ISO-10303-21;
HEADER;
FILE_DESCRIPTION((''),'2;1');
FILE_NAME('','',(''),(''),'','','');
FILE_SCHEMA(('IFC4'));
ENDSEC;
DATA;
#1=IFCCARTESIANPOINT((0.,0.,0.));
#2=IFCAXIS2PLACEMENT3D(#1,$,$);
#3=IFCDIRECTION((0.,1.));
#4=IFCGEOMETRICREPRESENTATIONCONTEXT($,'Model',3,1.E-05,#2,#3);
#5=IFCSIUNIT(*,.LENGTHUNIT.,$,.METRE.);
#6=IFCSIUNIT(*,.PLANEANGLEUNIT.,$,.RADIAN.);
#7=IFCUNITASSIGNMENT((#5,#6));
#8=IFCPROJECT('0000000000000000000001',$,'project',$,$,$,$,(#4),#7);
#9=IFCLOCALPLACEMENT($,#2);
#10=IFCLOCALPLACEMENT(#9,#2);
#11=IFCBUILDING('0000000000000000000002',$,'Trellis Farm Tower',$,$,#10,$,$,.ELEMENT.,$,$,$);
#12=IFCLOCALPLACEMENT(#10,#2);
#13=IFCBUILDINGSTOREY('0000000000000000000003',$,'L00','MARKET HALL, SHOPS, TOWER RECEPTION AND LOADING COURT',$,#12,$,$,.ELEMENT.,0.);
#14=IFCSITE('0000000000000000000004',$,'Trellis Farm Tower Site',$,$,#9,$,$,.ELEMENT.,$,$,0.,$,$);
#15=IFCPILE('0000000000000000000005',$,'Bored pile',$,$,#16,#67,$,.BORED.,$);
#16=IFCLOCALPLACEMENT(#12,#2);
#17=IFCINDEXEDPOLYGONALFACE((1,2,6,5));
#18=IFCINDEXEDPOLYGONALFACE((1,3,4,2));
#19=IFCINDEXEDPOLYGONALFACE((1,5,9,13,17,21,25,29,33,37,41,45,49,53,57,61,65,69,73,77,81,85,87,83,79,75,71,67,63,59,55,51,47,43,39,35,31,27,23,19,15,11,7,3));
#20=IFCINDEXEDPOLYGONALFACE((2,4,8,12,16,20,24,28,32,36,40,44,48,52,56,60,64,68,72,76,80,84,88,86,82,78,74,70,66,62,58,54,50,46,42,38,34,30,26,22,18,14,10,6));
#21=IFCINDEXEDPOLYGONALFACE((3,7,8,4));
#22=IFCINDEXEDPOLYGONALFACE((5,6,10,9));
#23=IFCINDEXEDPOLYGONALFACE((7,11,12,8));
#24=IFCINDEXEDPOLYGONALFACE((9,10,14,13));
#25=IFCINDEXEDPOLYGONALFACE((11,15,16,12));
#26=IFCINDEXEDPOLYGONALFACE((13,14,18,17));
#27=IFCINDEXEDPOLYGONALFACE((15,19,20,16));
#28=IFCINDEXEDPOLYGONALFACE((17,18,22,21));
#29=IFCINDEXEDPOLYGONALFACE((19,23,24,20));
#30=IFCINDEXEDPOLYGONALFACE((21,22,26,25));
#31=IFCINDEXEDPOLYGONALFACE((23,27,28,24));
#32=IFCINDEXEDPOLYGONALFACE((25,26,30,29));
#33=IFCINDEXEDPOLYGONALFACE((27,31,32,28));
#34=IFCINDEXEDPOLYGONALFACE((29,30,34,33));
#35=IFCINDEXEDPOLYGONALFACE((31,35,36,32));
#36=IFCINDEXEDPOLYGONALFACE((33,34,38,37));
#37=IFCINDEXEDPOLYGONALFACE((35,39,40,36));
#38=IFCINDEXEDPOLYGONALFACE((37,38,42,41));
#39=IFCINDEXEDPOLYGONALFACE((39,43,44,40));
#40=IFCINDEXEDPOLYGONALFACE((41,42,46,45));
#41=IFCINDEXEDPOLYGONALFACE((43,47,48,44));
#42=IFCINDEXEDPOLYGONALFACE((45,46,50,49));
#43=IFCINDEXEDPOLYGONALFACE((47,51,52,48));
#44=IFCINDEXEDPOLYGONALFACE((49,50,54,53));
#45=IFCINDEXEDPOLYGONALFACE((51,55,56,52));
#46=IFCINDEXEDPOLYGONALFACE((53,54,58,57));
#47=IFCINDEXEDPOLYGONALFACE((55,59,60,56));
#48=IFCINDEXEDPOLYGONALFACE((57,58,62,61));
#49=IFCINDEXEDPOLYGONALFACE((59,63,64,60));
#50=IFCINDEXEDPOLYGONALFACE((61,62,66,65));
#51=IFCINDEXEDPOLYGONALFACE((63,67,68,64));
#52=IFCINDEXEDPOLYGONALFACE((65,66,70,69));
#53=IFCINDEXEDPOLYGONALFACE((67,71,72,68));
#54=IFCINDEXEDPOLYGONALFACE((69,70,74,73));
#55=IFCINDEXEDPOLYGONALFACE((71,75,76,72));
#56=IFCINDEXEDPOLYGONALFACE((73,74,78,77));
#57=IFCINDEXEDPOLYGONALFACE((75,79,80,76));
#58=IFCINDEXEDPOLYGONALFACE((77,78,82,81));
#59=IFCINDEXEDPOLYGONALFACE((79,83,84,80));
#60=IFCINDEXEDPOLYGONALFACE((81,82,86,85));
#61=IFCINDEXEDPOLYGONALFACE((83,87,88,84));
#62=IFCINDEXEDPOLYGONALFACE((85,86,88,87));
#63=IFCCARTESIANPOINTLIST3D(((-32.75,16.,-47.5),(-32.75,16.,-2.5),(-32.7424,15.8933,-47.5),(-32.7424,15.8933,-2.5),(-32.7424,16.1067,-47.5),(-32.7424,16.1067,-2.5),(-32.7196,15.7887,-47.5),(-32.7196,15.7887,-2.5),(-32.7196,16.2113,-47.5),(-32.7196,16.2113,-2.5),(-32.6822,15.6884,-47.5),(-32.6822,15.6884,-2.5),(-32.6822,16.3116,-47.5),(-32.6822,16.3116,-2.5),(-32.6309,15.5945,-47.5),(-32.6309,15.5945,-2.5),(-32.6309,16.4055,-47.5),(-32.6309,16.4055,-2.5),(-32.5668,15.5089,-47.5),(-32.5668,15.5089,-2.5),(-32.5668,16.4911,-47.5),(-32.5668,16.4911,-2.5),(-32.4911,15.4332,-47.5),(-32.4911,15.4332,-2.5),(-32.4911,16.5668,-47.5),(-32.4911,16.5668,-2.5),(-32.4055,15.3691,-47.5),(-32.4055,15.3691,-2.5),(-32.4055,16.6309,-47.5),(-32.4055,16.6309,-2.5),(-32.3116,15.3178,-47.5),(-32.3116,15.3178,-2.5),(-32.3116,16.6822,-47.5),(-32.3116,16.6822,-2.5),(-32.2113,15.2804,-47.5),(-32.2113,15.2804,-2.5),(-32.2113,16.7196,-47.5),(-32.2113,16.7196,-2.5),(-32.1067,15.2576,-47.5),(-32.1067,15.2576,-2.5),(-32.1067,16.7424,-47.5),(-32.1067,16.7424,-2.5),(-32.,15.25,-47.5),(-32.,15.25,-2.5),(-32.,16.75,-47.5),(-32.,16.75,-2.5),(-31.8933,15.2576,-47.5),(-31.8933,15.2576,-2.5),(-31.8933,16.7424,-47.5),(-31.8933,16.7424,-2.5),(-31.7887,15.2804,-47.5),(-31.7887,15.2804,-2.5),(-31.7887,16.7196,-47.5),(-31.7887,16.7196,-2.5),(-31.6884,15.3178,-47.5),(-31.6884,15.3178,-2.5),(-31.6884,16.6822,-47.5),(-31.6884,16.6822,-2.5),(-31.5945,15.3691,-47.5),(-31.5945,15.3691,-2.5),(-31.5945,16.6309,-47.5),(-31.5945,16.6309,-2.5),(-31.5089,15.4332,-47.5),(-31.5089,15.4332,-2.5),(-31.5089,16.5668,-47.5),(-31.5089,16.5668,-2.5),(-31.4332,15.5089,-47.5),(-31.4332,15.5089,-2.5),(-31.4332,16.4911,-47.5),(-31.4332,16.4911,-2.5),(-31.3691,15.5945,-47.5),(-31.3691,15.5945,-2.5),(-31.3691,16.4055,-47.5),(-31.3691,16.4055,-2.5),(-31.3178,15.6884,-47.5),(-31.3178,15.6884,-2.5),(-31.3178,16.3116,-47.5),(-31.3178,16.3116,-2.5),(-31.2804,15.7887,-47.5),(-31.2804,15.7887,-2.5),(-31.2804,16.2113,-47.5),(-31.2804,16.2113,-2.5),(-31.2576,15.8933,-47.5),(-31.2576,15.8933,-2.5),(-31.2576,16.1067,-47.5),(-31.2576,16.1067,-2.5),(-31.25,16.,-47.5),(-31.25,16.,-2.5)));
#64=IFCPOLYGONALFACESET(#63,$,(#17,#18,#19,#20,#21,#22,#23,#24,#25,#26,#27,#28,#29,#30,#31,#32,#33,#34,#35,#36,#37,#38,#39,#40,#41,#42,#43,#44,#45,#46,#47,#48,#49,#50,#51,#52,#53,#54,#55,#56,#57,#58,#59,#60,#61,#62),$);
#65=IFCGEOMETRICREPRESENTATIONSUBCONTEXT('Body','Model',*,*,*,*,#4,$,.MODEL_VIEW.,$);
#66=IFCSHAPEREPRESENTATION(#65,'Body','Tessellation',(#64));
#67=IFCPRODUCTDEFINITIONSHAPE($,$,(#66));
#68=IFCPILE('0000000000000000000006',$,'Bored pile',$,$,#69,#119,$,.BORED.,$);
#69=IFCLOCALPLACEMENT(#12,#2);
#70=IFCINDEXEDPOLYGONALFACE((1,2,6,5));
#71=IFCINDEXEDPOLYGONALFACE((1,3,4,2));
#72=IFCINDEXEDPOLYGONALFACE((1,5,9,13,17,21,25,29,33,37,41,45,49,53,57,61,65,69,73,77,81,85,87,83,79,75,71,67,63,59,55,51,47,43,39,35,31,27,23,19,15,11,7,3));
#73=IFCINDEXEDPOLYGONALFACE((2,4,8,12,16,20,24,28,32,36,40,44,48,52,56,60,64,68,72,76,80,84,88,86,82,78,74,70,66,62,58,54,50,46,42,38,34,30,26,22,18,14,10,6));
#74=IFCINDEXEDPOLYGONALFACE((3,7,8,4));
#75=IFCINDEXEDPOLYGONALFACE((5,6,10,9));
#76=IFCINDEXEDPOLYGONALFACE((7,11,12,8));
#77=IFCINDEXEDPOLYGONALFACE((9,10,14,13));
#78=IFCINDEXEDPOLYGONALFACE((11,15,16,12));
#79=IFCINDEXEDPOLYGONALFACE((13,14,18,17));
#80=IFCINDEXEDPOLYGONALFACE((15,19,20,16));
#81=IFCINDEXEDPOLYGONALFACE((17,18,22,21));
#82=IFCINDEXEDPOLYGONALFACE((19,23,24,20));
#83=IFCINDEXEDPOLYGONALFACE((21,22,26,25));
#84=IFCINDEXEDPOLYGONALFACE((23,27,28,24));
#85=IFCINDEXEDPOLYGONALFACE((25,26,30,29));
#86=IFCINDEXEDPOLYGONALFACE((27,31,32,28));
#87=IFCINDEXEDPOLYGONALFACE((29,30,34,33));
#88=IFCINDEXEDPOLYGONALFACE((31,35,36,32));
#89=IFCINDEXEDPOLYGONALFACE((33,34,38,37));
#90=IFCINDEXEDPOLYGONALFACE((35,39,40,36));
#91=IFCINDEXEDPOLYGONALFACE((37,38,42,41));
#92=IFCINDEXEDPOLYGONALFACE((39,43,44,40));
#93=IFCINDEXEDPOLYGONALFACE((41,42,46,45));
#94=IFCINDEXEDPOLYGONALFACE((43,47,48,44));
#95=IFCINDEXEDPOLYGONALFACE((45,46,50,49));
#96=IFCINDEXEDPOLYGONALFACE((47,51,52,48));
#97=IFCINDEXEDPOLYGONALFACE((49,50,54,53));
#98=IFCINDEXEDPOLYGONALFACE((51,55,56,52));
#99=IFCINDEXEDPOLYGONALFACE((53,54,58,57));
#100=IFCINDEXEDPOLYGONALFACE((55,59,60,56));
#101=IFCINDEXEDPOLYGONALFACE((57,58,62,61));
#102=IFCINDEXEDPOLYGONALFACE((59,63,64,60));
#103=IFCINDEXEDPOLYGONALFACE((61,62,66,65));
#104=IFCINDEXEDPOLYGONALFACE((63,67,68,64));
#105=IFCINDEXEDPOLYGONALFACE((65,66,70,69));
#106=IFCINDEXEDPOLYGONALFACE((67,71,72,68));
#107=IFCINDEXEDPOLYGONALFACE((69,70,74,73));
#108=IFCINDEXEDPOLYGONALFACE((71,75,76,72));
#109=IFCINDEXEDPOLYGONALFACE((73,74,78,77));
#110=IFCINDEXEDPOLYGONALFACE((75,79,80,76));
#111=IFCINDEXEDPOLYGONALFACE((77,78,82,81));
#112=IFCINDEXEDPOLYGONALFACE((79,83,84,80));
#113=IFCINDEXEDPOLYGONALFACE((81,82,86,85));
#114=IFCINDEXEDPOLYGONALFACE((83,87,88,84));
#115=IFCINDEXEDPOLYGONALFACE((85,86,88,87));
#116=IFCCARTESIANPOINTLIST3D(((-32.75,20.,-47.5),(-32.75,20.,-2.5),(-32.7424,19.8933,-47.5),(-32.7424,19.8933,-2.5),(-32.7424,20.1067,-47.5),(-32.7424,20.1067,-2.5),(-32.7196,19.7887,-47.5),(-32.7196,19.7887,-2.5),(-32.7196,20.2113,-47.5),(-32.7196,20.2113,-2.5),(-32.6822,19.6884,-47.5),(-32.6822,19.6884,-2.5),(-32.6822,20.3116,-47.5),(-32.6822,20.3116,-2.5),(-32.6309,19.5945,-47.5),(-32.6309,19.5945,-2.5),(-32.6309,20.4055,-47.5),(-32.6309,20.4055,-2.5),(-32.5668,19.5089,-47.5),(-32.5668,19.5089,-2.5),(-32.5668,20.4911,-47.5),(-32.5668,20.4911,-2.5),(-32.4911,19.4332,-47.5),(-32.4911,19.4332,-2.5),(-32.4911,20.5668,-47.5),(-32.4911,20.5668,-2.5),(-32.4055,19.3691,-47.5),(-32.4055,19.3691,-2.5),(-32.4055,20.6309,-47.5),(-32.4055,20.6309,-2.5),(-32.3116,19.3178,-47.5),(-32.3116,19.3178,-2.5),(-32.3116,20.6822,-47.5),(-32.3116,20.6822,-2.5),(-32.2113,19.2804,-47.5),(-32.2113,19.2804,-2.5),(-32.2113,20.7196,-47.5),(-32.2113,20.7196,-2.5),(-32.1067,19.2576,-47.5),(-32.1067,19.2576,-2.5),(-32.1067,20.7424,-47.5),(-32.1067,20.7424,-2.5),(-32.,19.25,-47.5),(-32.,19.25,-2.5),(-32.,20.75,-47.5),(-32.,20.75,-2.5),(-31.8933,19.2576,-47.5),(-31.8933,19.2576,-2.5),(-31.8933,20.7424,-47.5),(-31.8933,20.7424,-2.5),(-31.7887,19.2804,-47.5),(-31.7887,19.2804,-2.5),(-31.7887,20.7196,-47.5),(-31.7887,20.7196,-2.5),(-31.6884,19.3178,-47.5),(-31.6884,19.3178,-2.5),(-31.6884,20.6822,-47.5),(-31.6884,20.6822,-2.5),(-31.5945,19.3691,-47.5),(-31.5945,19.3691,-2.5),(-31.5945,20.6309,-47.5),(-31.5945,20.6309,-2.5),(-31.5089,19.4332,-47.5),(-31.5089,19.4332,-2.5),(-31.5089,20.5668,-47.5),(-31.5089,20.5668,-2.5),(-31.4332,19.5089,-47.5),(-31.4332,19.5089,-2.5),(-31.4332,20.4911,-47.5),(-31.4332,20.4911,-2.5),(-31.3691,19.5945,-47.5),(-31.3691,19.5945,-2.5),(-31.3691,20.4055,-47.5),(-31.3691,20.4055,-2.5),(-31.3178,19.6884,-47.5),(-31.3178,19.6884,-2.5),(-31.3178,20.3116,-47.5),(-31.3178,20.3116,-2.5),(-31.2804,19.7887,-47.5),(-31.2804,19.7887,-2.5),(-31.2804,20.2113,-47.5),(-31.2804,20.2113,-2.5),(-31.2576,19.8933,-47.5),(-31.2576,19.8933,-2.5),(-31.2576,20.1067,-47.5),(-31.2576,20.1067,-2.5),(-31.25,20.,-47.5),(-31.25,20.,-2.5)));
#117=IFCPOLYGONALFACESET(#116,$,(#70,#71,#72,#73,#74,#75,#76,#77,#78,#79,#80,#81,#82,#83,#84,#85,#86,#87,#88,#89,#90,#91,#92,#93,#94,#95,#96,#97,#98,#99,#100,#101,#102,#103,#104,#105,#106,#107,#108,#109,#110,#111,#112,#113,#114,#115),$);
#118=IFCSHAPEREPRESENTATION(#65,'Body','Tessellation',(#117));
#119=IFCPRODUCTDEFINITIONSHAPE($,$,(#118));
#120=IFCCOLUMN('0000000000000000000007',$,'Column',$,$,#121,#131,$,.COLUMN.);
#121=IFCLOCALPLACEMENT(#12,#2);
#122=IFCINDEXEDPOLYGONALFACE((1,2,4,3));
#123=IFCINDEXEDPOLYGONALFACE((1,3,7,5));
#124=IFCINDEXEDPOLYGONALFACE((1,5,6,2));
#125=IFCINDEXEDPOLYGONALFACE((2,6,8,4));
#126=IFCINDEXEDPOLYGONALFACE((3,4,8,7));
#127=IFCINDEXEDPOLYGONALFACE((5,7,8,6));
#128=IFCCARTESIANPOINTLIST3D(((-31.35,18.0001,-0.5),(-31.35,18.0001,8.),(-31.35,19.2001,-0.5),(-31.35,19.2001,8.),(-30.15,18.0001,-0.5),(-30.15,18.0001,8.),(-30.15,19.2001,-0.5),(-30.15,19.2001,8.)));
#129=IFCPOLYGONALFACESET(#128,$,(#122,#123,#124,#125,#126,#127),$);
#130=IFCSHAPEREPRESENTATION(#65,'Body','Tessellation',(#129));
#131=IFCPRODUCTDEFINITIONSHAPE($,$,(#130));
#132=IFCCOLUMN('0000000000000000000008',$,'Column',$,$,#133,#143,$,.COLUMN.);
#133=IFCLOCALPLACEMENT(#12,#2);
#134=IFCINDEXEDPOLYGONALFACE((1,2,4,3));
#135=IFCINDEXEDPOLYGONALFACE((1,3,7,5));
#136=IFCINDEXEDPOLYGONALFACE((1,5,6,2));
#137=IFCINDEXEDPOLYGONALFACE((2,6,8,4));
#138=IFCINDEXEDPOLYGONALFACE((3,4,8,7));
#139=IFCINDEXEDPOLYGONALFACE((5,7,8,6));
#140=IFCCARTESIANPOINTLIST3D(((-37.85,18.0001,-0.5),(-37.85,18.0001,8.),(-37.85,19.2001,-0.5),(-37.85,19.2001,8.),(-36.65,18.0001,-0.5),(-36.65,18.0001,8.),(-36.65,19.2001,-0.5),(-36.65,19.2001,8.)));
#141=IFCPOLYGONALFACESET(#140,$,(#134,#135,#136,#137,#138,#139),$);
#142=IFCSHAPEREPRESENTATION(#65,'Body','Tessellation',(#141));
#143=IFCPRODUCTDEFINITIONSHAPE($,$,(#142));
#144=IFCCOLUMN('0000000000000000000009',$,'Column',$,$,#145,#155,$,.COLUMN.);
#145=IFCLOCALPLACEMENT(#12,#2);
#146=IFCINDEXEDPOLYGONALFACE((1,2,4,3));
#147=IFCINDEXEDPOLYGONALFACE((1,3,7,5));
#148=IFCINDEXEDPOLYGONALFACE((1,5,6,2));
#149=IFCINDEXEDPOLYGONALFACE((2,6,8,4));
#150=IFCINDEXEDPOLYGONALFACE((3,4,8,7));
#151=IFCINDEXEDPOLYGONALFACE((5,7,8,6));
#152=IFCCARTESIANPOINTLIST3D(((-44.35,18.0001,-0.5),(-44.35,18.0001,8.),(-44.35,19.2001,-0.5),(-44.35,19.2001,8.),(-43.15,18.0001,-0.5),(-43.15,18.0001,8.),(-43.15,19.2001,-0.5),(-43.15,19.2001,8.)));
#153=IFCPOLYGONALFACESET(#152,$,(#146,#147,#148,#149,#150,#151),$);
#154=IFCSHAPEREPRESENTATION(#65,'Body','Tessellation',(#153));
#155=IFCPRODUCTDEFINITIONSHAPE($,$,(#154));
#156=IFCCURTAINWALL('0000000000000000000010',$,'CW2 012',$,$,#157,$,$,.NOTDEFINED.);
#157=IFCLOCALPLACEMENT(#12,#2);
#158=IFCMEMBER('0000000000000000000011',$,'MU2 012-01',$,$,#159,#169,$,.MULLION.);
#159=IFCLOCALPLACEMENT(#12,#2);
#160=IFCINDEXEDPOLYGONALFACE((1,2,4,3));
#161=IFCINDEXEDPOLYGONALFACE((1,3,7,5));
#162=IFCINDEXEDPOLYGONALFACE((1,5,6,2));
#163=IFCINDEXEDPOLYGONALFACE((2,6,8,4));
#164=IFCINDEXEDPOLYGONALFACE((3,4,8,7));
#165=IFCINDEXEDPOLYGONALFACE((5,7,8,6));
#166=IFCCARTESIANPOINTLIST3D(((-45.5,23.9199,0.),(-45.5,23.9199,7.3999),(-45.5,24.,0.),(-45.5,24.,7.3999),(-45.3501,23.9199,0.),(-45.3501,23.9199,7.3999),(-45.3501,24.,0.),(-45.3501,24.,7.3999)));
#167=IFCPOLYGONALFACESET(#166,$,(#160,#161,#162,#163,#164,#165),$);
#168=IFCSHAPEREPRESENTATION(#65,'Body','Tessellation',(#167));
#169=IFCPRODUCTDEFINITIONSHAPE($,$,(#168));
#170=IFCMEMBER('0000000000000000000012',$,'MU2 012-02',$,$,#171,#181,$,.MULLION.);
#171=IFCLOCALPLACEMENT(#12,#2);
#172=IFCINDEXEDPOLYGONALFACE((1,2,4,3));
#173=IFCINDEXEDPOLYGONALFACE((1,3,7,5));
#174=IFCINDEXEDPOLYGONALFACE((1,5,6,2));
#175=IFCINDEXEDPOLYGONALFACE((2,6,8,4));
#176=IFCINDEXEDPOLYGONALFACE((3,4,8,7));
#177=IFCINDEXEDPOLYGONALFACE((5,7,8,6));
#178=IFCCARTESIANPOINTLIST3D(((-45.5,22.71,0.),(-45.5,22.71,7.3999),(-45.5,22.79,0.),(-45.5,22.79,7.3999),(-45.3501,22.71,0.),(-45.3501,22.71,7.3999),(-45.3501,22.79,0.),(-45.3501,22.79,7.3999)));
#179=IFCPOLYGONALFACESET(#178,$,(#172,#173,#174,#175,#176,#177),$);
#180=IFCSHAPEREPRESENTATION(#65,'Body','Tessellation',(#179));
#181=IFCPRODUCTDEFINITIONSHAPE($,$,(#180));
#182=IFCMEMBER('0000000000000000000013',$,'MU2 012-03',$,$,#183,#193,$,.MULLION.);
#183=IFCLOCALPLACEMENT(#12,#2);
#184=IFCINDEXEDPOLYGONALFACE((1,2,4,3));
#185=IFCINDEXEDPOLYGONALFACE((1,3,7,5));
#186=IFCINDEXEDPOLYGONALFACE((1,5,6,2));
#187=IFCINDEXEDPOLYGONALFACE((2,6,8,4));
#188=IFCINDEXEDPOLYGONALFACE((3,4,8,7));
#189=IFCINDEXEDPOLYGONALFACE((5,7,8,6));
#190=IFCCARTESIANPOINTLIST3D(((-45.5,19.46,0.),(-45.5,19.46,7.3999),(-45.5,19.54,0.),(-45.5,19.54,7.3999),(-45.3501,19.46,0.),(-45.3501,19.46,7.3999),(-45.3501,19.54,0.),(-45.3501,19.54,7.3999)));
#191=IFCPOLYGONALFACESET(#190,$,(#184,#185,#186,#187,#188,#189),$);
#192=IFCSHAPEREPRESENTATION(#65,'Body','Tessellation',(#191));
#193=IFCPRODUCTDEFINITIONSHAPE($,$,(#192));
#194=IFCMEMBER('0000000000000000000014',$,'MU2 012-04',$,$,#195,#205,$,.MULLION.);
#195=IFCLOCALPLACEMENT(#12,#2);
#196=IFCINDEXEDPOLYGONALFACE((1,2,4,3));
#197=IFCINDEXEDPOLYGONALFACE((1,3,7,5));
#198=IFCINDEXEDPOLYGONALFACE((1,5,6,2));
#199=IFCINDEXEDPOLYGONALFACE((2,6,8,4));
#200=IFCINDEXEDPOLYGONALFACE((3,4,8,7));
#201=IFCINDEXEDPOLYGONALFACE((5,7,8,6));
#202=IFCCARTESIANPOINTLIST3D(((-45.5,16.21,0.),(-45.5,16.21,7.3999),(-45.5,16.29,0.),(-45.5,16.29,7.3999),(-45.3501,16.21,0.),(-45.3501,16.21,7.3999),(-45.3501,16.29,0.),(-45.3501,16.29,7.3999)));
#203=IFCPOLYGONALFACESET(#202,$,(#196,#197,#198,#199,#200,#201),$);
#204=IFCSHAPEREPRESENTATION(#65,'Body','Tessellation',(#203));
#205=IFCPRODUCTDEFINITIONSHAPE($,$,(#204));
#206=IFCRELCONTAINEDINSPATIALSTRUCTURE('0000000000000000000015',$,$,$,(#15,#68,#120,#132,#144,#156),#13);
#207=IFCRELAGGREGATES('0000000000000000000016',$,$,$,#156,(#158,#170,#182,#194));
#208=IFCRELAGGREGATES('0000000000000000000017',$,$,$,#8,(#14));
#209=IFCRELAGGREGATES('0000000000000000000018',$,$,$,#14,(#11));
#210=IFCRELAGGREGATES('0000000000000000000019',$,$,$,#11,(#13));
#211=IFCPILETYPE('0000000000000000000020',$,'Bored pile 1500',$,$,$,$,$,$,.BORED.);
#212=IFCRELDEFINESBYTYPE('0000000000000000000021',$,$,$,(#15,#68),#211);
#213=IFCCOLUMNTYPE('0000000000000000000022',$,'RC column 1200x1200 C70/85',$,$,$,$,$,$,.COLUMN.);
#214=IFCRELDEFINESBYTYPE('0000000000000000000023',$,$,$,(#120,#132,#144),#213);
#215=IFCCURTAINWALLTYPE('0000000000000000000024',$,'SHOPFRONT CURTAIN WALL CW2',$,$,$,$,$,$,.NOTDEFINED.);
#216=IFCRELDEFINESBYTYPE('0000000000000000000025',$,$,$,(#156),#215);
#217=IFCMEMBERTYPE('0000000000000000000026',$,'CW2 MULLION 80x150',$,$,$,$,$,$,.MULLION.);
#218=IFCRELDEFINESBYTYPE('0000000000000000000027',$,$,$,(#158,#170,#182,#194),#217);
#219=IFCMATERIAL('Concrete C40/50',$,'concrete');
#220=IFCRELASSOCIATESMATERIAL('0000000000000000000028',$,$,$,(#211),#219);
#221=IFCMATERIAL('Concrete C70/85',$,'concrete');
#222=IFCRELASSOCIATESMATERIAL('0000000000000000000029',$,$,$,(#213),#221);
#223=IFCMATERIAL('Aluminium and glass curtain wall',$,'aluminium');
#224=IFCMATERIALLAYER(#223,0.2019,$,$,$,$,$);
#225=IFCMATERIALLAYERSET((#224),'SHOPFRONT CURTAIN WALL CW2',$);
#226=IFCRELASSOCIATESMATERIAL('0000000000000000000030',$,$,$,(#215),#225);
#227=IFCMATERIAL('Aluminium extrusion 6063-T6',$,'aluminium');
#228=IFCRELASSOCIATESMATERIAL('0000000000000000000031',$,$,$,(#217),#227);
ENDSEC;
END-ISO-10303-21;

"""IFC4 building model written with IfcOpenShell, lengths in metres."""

from ifc_helpers import new_model, si_unit, direction, frame, origin, origin_2d, place, context, subcontext, project, spatial, rectangle, circle, extrude, source, transform, mapped, material, layer, layer_set, material_profile, profile_set, type_object, element, aggregate, save


model = new_model("IFC4")

# Units and contexts
model_context = context("Model", 3, precision=1e-05, world=origin(), true_north=direction((0.0, 1.0)))
body_context = subcontext(model_context, "Body", "Model", "MODEL_VIEW")
ifc_project = project(units=[si_unit("LENGTHUNIT", "METRE"), si_unit("PLANEANGLEUNIT", "RADIAN")], contexts=[model_context])

# Site, building, storey
site_placement = place(None, origin())
site = spatial("IfcSite", under=ifc_project, at=site_placement, Name="Trellis Farm Tower Site", CompositionType="ELEMENT", RefElevation=0.0)
building_placement = place(site_placement, origin())
building = spatial("IfcBuilding", under=site, at=building_placement, Name="Trellis Farm Tower", CompositionType="ELEMENT")
storey_placement = place(building_placement, origin())
storey = spatial("IfcBuildingStorey", under=building, at=storey_placement, Name="L00", Description="MARKET HALL, SHOPS, TOWER RECEPTION AND LOADING COURT", CompositionType="ELEMENT", Elevation=0.0)

# Piles
ifc_material_1 = material(Name="Concrete C40/50", Category="concrete")
ifc_material_profile_1 = material_profile(ifc_material_1, circle(Radius=0.75, at=origin_2d()), Name="Bored pile 1500")
ifc_profile_set_1 = profile_set([ifc_material_profile_1], Name="Concrete C40/50")
pile_type = type_object("IfcPileType", Name="Bored pile 1500", PredefinedType="BORED", material=ifc_profile_set_1)
shared_shape_1 = source(origin(), body_context, "Body", "SweptSolid", [
    extrude(circle(Radius=0.75, at=origin_2d()), origin(), (0.0, 0.0, 1.0), 45.0),
])
for number, where, z_axis, x_axis, name in (
    (1, (-32.0, 16.0, -2.5), (0.0, 0.0, -1.0), (1.0, 0.0, 0.0), "Bored pile"),
    (2, (-32.0, 20.0, -2.5), (0.0, 0.0, -1.0), (1.0, 0.0, 0.0), "Bored pile"),
):
    element("IfcPile", number, at=place(storey_placement, frame(where, z_axis=z_axis, x_axis=x_axis)), inside=storey, type_object=pile_type, Name=name, PredefinedType="BORED", context=body_context, shape_type="MappedRepresentation", body=[
        mapped(shared_shape_1, transform((0.0, 0.0, 0.0))),
    ])

# Columns
ifc_material_2 = material(Name="Concrete C70/85", Category="concrete")
ifc_material_profile_2 = material_profile(ifc_material_2, rectangle(XDim=1.2, YDim=1.2, at=origin_2d()), Name="RC column 1200x1200 C70/85")
ifc_profile_set_2 = profile_set([ifc_material_profile_2], Name="Concrete C70/85")
column_type = type_object("IfcColumnType", Name="RC column 1200x1200 C70/85", PredefinedType="COLUMN", material=ifc_profile_set_2)
shared_shape_2 = source(origin(), body_context, "Body", "SweptSolid", [
    extrude(rectangle(XDim=1.2, YDim=1.2, at=origin_2d()), origin(), (0.0, 0.0, 1.0), 8.5),
])
for number, where, z_axis, x_axis, name in (
    (3, (-30.75, 18.6001, -0.5), (0.0, 0.0, 1.0), (1.0, 0.0, 0.0), "Column"),
    (4, (-37.25, 18.6001, -0.5), (0.0, 0.0, 1.0), (1.0, 0.0, 0.0), "Column"),
    (5, (-43.75, 18.6001, -0.5), (0.0, 0.0, 1.0), (1.0, 0.0, 0.0), "Column"),
):
    element("IfcColumn", number, at=place(storey_placement, frame(where, z_axis=z_axis, x_axis=x_axis)), inside=storey, type_object=column_type, Name=name, PredefinedType="COLUMN", context=body_context, shape_type="MappedRepresentation", body=[
        mapped(shared_shape_2, transform((0.0, 0.0, 0.0))),
    ])

# Curtain wall, members
ifc_material_3 = material(Name="Aluminium and glass curtain wall", Category="aluminium")
ifc_layer_1 = layer(ifc_material_3, 0.2019)
ifc_layer_set_1 = layer_set([ifc_layer_1], Name="SHOPFRONT CURTAIN WALL CW2")
curtain_wall_type = type_object("IfcCurtainWallType", Name="SHOPFRONT CURTAIN WALL CW2", PredefinedType="NOTDEFINED", material=ifc_layer_set_1)
curtain_wall_placement = place(storey_placement, origin())
curtain_wall = element("IfcCurtainWall", 6, at=curtain_wall_placement, inside=storey, type_object=curtain_wall_type, Name="CW2 012", PredefinedType="NOTDEFINED")
ifc_material_4 = material(Name="Aluminium extrusion 6063-T6", Category="aluminium")
ifc_material_profile_3 = material_profile(ifc_material_4, rectangle(XDim=0.0801, YDim=0.1499, at=origin_2d()), Name="MULLION 80x150")
ifc_profile_set_3 = profile_set([ifc_material_profile_3], Name="Aluminium extrusion 6063-T6")
member_type = type_object("IfcMemberType", Name="CW2 MULLION 80x150", PredefinedType="MULLION", material=ifc_profile_set_3)
shared_shape_3 = source(origin(), body_context, "Body", "SweptSolid", [
    extrude(rectangle(XDim=0.0801, YDim=0.1499, at=origin_2d()), origin(), (0.0, 0.0, 1.0), 7.3999),
])
member_1_placement = place(storey_placement, frame((-45.425, 23.96, 0.0), z_axis=(0.0, 0.0, 1.0), x_axis=(0.0, -1.0, 0.0)))
member_1 = element("IfcMember", 7, at=member_1_placement, type_object=member_type, Name="MU2 012-01", PredefinedType="MULLION", context=body_context, shape_type="MappedRepresentation", body=[
    mapped(shared_shape_3, transform((0.0, 0.0, 0.0))),
])
member_2_placement = place(storey_placement, frame((-45.425, 22.75, 0.0), z_axis=(0.0, 0.0, 1.0), x_axis=(0.0, -1.0, 0.0)))
member_2 = element("IfcMember", 8, at=member_2_placement, type_object=member_type, Name="MU2 012-02", PredefinedType="MULLION", context=body_context, shape_type="MappedRepresentation", body=[
    mapped(shared_shape_3, transform((0.0, 0.0, 0.0))),
])
member_3_placement = place(storey_placement, frame((-45.425, 19.5, 0.0), z_axis=(0.0, 0.0, 1.0), x_axis=(0.0, -1.0, 0.0)))
member_3 = element("IfcMember", 9, at=member_3_placement, type_object=member_type, Name="MU2 012-03", PredefinedType="MULLION", context=body_context, shape_type="MappedRepresentation", body=[
    mapped(shared_shape_3, transform((0.0, 0.0, 0.0))),
])
member_4_placement = place(storey_placement, frame((-45.425, 16.25, 0.0), z_axis=(0.0, 0.0, 1.0), x_axis=(0.0, -1.0, 0.0)))
member_4 = element("IfcMember", 10, at=member_4_placement, type_object=member_type, Name="MU2 012-04", PredefinedType="MULLION", context=body_context, shape_type="MappedRepresentation", body=[
    mapped(shared_shape_3, transform((0.0, 0.0, 0.0))),
])
aggregate(curtain_wall, [member_1, member_2, member_3, member_4])

save(model, "model.ifc")
